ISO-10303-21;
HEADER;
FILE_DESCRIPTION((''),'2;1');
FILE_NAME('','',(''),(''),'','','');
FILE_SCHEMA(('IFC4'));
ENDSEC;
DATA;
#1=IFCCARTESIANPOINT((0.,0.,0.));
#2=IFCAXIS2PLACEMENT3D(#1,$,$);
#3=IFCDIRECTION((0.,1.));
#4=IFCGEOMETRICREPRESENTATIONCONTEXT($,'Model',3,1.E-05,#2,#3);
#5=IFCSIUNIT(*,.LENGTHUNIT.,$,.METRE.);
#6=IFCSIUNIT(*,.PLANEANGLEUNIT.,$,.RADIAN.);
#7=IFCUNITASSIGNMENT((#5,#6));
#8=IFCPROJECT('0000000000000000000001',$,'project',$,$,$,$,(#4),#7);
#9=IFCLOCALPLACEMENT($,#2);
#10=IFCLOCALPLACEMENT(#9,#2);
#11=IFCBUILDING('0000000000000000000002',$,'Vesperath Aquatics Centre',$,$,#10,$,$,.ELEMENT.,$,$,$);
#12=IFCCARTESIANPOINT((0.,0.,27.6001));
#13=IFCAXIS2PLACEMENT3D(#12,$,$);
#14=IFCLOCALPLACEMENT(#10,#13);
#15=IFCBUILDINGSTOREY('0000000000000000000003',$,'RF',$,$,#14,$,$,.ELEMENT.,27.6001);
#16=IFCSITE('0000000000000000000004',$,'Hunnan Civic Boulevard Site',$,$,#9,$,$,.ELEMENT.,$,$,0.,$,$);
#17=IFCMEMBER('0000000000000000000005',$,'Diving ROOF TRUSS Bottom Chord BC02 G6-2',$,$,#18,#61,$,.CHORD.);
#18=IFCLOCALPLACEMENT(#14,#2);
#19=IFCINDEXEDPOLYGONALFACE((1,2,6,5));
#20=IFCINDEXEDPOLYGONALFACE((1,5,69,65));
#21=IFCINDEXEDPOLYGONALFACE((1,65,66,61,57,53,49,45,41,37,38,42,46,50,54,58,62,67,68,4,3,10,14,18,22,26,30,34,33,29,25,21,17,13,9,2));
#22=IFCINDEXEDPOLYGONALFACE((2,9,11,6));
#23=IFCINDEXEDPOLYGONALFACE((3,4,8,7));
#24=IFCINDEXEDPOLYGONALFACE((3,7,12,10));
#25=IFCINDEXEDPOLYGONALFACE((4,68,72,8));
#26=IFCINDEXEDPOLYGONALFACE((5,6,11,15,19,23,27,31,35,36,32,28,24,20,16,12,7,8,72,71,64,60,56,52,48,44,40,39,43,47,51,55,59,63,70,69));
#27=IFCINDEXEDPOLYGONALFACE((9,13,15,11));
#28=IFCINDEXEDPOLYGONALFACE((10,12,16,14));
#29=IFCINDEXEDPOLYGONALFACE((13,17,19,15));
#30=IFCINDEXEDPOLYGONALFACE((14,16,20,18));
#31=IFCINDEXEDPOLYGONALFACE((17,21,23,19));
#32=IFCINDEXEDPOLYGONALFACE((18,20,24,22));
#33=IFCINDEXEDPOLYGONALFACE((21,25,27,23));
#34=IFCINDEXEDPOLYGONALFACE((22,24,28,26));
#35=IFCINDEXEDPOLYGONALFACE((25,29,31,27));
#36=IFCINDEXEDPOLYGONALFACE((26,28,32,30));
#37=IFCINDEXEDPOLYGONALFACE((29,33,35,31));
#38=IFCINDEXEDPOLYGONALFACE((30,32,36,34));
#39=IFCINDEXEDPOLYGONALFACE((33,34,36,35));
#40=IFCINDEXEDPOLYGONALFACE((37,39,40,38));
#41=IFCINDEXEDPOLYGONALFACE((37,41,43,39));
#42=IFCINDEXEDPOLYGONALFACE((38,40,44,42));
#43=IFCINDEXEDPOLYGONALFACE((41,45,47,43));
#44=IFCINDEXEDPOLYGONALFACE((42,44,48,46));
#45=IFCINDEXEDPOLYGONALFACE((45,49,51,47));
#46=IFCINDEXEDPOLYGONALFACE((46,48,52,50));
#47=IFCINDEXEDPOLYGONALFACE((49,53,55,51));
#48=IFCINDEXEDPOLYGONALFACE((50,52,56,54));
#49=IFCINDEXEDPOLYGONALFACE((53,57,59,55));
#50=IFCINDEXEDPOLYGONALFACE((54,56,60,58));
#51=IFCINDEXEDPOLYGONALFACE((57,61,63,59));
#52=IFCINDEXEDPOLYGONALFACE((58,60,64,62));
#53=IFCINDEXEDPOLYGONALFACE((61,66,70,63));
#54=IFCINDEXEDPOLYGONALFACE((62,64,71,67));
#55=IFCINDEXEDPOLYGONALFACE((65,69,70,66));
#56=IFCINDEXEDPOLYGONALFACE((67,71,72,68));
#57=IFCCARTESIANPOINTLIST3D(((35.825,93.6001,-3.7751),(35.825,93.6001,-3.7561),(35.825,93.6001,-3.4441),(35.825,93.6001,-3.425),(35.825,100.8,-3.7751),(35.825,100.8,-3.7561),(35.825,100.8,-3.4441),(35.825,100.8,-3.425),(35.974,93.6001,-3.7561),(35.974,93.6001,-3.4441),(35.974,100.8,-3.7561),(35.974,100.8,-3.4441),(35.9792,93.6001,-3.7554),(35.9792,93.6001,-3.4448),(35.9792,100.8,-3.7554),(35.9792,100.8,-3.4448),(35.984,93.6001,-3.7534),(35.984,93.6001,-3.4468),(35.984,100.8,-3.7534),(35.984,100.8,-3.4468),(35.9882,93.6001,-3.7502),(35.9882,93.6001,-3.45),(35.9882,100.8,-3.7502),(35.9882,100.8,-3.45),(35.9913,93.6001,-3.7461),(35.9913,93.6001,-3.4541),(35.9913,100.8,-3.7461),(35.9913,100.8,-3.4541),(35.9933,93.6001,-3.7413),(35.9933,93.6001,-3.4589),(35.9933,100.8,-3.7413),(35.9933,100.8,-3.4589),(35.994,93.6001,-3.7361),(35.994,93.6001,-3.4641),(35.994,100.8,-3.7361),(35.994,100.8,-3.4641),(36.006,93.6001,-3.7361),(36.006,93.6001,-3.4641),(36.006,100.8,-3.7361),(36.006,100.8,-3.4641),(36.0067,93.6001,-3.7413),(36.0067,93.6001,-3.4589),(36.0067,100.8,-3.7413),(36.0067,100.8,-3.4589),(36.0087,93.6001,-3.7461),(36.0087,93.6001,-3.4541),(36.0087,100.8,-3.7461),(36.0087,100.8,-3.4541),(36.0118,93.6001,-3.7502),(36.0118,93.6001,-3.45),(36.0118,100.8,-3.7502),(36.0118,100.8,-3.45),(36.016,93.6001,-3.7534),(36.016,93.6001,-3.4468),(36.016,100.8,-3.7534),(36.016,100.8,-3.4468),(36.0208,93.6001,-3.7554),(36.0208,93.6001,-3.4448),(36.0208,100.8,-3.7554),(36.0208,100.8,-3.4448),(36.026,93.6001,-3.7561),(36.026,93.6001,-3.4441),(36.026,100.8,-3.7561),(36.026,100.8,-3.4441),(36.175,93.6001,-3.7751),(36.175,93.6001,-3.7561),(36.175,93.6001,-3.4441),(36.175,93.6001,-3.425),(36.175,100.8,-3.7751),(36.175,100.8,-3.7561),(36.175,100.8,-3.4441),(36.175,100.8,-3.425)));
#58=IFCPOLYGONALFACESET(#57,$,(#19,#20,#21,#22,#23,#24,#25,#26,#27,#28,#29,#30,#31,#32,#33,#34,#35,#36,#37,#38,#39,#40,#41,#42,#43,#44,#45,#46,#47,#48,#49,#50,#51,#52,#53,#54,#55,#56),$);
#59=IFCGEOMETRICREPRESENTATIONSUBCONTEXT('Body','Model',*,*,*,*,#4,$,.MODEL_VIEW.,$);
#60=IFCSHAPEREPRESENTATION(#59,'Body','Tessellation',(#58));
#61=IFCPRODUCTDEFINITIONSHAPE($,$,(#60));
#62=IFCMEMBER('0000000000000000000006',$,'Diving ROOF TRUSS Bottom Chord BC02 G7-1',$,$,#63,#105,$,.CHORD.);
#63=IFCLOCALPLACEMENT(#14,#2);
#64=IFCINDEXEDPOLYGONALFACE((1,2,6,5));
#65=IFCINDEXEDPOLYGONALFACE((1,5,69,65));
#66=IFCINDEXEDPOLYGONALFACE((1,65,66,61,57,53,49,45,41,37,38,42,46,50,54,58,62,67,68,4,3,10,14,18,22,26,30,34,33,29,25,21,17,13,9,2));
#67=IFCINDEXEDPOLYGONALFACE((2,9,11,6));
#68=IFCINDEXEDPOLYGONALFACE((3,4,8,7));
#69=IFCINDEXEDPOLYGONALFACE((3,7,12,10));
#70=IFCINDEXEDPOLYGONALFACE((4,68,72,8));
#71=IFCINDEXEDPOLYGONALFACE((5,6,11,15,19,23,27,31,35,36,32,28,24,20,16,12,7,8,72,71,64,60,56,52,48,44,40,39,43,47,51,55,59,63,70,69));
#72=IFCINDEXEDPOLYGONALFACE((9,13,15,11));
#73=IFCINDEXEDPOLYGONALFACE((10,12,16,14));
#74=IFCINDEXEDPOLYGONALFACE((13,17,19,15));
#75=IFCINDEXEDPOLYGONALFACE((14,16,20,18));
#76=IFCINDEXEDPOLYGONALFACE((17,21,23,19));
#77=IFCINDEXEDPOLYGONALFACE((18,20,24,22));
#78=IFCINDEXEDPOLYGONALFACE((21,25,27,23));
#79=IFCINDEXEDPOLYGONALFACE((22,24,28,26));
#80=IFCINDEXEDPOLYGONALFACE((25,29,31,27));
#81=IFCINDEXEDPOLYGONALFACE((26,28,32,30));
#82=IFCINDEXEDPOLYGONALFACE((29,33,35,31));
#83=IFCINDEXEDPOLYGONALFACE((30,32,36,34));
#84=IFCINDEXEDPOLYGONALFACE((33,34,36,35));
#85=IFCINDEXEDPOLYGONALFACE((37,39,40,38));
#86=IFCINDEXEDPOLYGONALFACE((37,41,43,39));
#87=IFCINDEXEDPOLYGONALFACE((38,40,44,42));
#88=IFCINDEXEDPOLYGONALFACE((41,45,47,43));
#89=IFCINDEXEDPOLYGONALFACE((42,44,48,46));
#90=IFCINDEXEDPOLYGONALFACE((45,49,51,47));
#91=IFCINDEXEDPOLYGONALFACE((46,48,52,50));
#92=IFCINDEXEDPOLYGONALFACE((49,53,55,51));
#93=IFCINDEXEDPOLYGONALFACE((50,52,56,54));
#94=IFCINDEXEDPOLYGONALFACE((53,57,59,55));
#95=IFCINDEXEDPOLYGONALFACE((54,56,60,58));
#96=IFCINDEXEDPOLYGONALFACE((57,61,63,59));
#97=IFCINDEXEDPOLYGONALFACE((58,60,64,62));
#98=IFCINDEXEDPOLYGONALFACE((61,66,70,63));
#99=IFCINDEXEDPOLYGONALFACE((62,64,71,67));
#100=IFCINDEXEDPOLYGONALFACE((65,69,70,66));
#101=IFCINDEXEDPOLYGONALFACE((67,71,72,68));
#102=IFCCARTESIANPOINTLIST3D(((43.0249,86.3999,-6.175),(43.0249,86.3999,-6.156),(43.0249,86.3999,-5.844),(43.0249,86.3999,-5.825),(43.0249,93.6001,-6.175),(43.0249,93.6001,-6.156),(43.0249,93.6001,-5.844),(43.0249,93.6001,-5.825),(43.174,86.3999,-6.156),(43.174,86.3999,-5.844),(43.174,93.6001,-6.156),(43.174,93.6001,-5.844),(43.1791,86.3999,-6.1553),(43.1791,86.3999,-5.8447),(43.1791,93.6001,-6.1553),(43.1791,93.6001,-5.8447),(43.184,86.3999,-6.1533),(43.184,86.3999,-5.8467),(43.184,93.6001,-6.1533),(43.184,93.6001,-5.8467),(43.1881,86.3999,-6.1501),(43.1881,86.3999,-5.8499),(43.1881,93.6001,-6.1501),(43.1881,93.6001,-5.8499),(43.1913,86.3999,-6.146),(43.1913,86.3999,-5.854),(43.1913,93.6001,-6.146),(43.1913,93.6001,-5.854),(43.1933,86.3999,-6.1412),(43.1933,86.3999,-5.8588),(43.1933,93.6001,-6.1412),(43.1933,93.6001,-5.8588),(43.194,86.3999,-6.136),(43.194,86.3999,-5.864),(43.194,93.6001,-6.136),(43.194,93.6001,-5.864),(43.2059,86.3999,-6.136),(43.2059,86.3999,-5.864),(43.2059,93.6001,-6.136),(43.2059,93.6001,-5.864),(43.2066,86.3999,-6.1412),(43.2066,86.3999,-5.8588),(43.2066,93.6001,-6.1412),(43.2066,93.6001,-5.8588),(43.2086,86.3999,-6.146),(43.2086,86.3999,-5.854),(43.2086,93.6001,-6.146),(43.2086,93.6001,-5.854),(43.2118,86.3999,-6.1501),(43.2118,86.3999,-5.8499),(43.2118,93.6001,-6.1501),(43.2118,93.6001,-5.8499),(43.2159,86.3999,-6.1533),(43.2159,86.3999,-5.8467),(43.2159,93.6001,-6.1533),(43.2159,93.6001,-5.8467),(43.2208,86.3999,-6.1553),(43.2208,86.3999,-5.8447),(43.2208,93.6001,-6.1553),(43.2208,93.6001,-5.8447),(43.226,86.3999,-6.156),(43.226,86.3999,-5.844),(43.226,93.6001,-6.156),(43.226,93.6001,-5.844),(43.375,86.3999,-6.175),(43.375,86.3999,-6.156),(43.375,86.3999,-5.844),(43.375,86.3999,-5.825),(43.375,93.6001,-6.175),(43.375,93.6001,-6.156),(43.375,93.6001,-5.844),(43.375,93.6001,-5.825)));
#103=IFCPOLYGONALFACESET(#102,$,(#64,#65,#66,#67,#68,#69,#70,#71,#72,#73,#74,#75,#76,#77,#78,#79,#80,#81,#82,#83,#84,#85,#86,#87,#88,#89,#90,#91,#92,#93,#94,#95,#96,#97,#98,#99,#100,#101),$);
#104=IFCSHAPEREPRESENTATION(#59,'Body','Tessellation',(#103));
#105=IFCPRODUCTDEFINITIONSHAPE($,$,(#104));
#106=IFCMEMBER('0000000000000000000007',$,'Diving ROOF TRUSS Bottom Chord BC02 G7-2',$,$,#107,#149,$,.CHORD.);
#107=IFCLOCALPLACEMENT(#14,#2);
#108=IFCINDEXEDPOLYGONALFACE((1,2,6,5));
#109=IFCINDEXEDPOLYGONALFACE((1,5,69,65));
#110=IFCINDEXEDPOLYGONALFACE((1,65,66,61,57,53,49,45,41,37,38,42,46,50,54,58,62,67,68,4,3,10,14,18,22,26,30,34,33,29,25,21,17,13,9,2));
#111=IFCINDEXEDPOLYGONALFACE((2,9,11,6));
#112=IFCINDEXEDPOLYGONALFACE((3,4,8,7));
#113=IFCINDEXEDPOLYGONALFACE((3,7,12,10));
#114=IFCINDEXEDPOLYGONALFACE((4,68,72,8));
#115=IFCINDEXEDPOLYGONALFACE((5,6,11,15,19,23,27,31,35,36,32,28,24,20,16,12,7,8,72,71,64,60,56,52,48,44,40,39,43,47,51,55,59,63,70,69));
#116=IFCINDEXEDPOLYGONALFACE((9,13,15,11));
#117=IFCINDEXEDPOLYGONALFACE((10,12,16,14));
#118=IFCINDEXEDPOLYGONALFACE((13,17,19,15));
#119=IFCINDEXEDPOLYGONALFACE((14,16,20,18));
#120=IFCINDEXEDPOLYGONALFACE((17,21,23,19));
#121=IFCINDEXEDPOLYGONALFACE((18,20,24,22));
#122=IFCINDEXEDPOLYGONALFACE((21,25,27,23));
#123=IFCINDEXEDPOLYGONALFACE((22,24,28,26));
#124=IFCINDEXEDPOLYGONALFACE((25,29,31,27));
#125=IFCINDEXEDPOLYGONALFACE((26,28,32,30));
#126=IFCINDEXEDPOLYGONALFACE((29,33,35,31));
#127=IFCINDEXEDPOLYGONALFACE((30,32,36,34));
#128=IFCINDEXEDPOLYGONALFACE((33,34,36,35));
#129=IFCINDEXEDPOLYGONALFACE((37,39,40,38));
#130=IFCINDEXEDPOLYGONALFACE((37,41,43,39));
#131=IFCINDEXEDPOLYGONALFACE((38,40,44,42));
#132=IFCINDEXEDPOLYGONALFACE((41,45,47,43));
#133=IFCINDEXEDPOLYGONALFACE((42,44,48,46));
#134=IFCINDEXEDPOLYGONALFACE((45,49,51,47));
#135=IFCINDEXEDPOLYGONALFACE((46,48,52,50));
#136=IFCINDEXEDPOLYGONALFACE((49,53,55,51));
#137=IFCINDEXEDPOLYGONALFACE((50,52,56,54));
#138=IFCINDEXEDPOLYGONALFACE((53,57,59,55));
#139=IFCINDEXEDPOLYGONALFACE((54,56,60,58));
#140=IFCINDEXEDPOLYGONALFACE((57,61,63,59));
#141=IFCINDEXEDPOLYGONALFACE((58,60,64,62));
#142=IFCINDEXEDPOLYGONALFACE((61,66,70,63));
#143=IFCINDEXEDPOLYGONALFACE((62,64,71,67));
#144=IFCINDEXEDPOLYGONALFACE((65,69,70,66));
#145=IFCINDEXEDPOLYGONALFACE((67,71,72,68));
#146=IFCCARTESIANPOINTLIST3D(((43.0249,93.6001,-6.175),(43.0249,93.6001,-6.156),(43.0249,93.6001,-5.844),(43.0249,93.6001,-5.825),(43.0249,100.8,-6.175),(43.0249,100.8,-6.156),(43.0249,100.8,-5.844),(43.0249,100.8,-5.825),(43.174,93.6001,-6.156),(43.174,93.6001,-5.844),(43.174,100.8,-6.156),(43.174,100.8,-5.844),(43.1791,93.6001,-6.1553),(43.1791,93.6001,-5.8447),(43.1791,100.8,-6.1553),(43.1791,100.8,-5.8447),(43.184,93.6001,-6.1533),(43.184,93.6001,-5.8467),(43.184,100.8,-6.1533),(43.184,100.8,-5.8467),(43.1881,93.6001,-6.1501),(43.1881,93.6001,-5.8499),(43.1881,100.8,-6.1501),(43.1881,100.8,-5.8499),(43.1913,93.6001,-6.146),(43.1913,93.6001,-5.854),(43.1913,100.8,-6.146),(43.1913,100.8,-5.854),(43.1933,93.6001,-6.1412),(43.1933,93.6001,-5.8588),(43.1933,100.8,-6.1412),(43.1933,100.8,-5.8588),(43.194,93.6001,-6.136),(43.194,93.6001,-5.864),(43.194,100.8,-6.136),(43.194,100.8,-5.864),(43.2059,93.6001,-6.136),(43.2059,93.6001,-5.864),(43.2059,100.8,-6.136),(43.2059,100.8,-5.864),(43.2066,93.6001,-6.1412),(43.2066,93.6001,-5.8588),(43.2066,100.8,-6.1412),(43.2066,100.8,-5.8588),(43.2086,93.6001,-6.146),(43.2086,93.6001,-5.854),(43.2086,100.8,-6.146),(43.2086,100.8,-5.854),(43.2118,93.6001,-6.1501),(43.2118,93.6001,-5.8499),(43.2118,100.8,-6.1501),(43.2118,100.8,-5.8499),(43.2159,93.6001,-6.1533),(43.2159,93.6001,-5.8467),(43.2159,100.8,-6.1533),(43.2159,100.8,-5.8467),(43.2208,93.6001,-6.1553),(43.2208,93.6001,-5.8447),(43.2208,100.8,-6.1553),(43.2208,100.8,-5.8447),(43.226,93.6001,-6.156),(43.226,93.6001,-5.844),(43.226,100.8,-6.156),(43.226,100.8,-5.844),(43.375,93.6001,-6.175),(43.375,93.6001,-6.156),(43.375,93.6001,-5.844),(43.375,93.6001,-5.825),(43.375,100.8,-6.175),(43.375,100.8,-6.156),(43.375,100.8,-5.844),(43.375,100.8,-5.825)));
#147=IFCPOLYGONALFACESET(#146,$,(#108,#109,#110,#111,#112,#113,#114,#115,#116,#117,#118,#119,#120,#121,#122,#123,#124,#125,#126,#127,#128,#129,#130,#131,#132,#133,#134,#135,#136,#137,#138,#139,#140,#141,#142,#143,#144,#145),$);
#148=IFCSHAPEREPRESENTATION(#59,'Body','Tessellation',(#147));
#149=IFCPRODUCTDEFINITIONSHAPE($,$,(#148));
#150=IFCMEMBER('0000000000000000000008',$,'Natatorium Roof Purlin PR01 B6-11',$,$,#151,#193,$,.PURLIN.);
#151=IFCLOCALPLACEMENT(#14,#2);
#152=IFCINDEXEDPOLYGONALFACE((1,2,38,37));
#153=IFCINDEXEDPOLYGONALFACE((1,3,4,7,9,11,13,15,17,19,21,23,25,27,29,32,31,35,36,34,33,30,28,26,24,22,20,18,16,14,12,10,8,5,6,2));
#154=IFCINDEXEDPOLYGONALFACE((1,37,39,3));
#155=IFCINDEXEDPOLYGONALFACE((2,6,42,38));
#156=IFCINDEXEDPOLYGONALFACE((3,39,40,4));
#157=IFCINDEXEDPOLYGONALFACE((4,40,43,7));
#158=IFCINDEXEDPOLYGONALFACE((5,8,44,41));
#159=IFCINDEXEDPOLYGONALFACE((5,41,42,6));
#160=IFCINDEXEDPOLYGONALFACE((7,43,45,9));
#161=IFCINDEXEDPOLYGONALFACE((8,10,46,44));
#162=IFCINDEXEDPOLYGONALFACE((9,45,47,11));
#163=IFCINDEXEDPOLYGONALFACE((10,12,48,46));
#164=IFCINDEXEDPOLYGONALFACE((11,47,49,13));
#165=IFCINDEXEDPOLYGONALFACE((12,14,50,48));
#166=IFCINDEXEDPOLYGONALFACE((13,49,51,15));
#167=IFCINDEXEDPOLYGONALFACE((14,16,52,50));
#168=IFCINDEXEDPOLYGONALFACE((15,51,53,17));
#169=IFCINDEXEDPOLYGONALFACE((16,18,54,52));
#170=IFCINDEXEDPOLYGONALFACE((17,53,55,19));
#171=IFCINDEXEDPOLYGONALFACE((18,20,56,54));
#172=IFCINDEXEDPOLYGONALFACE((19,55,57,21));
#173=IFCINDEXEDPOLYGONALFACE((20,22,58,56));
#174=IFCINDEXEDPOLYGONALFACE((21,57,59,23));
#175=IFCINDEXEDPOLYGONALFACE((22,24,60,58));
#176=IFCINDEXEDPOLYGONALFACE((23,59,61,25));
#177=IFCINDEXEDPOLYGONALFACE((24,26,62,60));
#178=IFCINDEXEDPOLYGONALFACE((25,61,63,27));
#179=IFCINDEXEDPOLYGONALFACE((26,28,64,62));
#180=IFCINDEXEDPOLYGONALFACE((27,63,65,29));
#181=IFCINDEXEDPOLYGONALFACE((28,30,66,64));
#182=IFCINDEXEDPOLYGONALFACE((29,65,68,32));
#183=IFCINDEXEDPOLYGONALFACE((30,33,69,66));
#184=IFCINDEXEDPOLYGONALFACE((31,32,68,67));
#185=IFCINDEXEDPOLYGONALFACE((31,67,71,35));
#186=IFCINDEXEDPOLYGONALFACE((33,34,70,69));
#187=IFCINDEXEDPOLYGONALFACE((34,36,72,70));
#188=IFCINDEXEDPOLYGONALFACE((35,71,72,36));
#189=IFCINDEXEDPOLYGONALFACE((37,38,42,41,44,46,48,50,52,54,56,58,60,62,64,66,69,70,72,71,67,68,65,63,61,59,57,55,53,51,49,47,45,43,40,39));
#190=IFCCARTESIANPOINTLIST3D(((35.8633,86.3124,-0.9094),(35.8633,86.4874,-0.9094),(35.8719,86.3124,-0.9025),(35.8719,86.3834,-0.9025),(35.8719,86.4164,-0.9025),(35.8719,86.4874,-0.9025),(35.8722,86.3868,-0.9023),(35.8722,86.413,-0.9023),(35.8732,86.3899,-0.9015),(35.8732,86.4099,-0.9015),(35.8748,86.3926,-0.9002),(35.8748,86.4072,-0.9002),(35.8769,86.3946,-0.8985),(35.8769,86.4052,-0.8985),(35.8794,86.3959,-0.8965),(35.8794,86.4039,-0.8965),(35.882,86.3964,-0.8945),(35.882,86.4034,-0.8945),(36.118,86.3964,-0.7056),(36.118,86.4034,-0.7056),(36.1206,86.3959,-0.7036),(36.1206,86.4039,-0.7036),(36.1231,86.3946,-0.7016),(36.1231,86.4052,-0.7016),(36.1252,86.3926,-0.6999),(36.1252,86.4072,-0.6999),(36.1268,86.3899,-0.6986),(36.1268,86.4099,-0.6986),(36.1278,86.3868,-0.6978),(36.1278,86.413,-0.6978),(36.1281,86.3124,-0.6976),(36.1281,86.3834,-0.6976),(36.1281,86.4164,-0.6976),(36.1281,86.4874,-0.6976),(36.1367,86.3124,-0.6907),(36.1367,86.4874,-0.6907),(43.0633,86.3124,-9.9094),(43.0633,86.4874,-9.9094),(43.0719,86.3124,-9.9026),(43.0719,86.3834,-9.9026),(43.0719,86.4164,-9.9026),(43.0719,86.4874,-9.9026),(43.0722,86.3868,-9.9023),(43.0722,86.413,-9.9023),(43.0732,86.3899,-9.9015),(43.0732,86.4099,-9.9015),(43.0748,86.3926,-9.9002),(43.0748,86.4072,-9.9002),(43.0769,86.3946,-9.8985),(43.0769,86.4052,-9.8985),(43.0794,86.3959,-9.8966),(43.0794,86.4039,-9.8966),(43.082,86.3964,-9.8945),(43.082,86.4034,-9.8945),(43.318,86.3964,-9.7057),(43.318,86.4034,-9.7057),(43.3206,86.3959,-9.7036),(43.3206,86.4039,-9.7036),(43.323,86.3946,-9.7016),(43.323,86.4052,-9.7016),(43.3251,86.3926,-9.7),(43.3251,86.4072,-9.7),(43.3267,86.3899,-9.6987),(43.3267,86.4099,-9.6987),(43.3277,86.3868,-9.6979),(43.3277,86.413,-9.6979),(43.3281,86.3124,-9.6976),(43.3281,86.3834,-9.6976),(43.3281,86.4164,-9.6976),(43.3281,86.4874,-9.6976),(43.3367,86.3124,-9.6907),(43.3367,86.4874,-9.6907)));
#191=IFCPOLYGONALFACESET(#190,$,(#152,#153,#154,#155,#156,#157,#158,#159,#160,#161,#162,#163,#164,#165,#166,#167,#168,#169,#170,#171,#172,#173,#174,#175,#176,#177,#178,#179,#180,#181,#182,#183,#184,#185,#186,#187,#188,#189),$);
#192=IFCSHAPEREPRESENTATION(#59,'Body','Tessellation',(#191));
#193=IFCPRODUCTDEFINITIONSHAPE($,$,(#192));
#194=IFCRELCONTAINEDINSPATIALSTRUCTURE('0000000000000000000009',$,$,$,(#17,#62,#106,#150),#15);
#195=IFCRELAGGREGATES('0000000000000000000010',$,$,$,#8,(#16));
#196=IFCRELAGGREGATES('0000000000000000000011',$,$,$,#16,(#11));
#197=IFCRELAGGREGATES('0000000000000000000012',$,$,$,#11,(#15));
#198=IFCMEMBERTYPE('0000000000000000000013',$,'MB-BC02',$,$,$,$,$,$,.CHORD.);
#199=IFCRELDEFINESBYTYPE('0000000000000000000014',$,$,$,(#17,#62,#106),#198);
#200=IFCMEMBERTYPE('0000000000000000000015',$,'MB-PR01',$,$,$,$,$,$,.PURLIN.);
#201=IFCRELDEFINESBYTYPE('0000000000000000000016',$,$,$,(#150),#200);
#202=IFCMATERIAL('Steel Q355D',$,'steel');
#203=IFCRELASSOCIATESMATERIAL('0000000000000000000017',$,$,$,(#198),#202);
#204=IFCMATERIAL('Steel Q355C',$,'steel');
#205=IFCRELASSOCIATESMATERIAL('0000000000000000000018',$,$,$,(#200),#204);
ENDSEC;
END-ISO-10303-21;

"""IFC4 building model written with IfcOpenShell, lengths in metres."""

from ifc_helpers import new_model, si_unit, direction, frame, origin, origin_2d, place, context, subcontext, project, spatial, i_section, extrude, material, material_profile, profile_set, type_object, element, save


model = new_model("IFC4")

# Units and contexts
model_context = context("Model", 3, precision=1e-05, world=origin(), true_north=direction((0.0, 1.0)))
body_context = subcontext(model_context, "Body", "Model", "MODEL_VIEW")
ifc_project = project(units=[si_unit("LENGTHUNIT", "METRE"), si_unit("PLANEANGLEUNIT", "RADIAN")], contexts=[model_context])

# Site, building, storey
site_placement = place(None, origin())
site = spatial("IfcSite", under=ifc_project, at=site_placement, Name="Hunnan Civic Boulevard Site", CompositionType="ELEMENT", RefElevation=0.0)
building_placement = place(site_placement, origin())
building = spatial("IfcBuilding", under=site, at=building_placement, Name="Vesperath Aquatics Centre", CompositionType="ELEMENT")
storey_placement = place(building_placement, frame((0.0, 0.0, 27.6001)))
storey = spatial("IfcBuildingStorey", under=building, at=storey_placement, Name="RF", CompositionType="ELEMENT", Elevation=27.6001)

# Shared definitions
ifc_material_1 = material(Name="Steel Q355C", Category="steel")

# Members
ifc_material_2 = material(Name="Steel Q355D", Category="steel")
ifc_material_profile_1 = material_profile(ifc_material_2, i_section(OverallWidth=0.3501, OverallDepth=0.3501, WebThickness=0.012, FlangeThickness=0.019, FilletRadius=0.02, at=origin_2d()), Name="HW 350x350x12x19")
ifc_profile_set_1 = profile_set([ifc_material_profile_1], Name="Steel Q355D")
member_type_1 = type_object("IfcMemberType", Name="MB-BC02", PredefinedType="CHORD", material=ifc_profile_set_1)
member_1_placement = place(storey_placement, frame((36.0, 93.6001, -3.6001), z_axis=(0.0, 1.0, 0.0), x_axis=(-1.0, 0.0, 0.0)))
element("IfcMember", 1, at=member_1_placement, inside=storey, type_object=member_type_1, Name="Diving ROOF TRUSS Bottom Chord BC02 G6-2", PredefinedType="CHORD", context=body_context, shape_type="SweptSolid", body=[
    extrude(i_section(OverallWidth=0.3501, OverallDepth=0.3501, WebThickness=0.012, FlangeThickness=0.019, FilletRadius=0.02, at=origin_2d()), origin(), (0.0, 0.0, 1.0), 7.2),
])
member_2_placement = place(storey_placement, frame((43.2, 86.3999, -6.0), z_axis=(0.0, 1.0, 0.0), x_axis=(-1.0, 0.0, 0.0)))
element("IfcMember", 2, at=member_2_placement, inside=storey, type_object=member_type_1, Name="Diving ROOF TRUSS Bottom Chord BC02 G7-1", PredefinedType="CHORD", context=body_context, shape_type="SweptSolid", body=[
    extrude(i_section(OverallWidth=0.3501, OverallDepth=0.3501, WebThickness=0.012, FlangeThickness=0.019, FilletRadius=0.02, at=origin_2d()), origin(), (0.0, 0.0, 1.0), 7.2002),
])
member_3_placement = place(storey_placement, frame((43.2, 93.6001, -6.0), z_axis=(0.0, 1.0, 0.0), x_axis=(-1.0, 0.0, 0.0)))
element("IfcMember", 3, at=member_3_placement, inside=storey, type_object=member_type_1, Name="Diving ROOF TRUSS Bottom Chord BC02 G7-2", PredefinedType="CHORD", context=body_context, shape_type="SweptSolid", body=[
    extrude(i_section(OverallWidth=0.3501, OverallDepth=0.3501, WebThickness=0.012, FlangeThickness=0.019, FilletRadius=0.02, at=origin_2d()), origin(), (0.0, 0.0, 1.0), 7.2),
])
ifc_material_profile_2 = material_profile(ifc_material_1, i_section(OverallWidth=0.175, OverallDepth=0.3501, WebThickness=0.0071, FlangeThickness=0.011, FilletRadius=0.0129, at=origin_2d()), Name="HN 350x175x7x11")
ifc_profile_set_2 = profile_set([ifc_material_profile_2], Name="Steel Q355C")
member_type_2 = type_object("IfcMemberType", Name="MB-PR01", PredefinedType="PURLIN", material=ifc_profile_set_2)
for number, where, z_axis, x_axis, name in (
    (4, (36.0, 86.3999, -0.8), (0.624692, 0.0, -0.780871), (0.0, 1.0, 0.0), "Natatorium Roof Purlin PR01 B6-11"),
):
    element("IfcMember", number, at=place(storey_placement, frame(where, z_axis=z_axis, x_axis=x_axis)), inside=storey, type_object=member_type_2, Name=name, PredefinedType="PURLIN", context=body_context, shape_type="SweptSolid", body=[
        extrude(i_section(OverallWidth=0.175, OverallDepth=0.3501, WebThickness=0.0071, FlangeThickness=0.011, FilletRadius=0.0129, at=origin_2d()), origin(), (0.0, 0.0, 1.0), 11.5256),
    ])

save(model, "model.ifc")
